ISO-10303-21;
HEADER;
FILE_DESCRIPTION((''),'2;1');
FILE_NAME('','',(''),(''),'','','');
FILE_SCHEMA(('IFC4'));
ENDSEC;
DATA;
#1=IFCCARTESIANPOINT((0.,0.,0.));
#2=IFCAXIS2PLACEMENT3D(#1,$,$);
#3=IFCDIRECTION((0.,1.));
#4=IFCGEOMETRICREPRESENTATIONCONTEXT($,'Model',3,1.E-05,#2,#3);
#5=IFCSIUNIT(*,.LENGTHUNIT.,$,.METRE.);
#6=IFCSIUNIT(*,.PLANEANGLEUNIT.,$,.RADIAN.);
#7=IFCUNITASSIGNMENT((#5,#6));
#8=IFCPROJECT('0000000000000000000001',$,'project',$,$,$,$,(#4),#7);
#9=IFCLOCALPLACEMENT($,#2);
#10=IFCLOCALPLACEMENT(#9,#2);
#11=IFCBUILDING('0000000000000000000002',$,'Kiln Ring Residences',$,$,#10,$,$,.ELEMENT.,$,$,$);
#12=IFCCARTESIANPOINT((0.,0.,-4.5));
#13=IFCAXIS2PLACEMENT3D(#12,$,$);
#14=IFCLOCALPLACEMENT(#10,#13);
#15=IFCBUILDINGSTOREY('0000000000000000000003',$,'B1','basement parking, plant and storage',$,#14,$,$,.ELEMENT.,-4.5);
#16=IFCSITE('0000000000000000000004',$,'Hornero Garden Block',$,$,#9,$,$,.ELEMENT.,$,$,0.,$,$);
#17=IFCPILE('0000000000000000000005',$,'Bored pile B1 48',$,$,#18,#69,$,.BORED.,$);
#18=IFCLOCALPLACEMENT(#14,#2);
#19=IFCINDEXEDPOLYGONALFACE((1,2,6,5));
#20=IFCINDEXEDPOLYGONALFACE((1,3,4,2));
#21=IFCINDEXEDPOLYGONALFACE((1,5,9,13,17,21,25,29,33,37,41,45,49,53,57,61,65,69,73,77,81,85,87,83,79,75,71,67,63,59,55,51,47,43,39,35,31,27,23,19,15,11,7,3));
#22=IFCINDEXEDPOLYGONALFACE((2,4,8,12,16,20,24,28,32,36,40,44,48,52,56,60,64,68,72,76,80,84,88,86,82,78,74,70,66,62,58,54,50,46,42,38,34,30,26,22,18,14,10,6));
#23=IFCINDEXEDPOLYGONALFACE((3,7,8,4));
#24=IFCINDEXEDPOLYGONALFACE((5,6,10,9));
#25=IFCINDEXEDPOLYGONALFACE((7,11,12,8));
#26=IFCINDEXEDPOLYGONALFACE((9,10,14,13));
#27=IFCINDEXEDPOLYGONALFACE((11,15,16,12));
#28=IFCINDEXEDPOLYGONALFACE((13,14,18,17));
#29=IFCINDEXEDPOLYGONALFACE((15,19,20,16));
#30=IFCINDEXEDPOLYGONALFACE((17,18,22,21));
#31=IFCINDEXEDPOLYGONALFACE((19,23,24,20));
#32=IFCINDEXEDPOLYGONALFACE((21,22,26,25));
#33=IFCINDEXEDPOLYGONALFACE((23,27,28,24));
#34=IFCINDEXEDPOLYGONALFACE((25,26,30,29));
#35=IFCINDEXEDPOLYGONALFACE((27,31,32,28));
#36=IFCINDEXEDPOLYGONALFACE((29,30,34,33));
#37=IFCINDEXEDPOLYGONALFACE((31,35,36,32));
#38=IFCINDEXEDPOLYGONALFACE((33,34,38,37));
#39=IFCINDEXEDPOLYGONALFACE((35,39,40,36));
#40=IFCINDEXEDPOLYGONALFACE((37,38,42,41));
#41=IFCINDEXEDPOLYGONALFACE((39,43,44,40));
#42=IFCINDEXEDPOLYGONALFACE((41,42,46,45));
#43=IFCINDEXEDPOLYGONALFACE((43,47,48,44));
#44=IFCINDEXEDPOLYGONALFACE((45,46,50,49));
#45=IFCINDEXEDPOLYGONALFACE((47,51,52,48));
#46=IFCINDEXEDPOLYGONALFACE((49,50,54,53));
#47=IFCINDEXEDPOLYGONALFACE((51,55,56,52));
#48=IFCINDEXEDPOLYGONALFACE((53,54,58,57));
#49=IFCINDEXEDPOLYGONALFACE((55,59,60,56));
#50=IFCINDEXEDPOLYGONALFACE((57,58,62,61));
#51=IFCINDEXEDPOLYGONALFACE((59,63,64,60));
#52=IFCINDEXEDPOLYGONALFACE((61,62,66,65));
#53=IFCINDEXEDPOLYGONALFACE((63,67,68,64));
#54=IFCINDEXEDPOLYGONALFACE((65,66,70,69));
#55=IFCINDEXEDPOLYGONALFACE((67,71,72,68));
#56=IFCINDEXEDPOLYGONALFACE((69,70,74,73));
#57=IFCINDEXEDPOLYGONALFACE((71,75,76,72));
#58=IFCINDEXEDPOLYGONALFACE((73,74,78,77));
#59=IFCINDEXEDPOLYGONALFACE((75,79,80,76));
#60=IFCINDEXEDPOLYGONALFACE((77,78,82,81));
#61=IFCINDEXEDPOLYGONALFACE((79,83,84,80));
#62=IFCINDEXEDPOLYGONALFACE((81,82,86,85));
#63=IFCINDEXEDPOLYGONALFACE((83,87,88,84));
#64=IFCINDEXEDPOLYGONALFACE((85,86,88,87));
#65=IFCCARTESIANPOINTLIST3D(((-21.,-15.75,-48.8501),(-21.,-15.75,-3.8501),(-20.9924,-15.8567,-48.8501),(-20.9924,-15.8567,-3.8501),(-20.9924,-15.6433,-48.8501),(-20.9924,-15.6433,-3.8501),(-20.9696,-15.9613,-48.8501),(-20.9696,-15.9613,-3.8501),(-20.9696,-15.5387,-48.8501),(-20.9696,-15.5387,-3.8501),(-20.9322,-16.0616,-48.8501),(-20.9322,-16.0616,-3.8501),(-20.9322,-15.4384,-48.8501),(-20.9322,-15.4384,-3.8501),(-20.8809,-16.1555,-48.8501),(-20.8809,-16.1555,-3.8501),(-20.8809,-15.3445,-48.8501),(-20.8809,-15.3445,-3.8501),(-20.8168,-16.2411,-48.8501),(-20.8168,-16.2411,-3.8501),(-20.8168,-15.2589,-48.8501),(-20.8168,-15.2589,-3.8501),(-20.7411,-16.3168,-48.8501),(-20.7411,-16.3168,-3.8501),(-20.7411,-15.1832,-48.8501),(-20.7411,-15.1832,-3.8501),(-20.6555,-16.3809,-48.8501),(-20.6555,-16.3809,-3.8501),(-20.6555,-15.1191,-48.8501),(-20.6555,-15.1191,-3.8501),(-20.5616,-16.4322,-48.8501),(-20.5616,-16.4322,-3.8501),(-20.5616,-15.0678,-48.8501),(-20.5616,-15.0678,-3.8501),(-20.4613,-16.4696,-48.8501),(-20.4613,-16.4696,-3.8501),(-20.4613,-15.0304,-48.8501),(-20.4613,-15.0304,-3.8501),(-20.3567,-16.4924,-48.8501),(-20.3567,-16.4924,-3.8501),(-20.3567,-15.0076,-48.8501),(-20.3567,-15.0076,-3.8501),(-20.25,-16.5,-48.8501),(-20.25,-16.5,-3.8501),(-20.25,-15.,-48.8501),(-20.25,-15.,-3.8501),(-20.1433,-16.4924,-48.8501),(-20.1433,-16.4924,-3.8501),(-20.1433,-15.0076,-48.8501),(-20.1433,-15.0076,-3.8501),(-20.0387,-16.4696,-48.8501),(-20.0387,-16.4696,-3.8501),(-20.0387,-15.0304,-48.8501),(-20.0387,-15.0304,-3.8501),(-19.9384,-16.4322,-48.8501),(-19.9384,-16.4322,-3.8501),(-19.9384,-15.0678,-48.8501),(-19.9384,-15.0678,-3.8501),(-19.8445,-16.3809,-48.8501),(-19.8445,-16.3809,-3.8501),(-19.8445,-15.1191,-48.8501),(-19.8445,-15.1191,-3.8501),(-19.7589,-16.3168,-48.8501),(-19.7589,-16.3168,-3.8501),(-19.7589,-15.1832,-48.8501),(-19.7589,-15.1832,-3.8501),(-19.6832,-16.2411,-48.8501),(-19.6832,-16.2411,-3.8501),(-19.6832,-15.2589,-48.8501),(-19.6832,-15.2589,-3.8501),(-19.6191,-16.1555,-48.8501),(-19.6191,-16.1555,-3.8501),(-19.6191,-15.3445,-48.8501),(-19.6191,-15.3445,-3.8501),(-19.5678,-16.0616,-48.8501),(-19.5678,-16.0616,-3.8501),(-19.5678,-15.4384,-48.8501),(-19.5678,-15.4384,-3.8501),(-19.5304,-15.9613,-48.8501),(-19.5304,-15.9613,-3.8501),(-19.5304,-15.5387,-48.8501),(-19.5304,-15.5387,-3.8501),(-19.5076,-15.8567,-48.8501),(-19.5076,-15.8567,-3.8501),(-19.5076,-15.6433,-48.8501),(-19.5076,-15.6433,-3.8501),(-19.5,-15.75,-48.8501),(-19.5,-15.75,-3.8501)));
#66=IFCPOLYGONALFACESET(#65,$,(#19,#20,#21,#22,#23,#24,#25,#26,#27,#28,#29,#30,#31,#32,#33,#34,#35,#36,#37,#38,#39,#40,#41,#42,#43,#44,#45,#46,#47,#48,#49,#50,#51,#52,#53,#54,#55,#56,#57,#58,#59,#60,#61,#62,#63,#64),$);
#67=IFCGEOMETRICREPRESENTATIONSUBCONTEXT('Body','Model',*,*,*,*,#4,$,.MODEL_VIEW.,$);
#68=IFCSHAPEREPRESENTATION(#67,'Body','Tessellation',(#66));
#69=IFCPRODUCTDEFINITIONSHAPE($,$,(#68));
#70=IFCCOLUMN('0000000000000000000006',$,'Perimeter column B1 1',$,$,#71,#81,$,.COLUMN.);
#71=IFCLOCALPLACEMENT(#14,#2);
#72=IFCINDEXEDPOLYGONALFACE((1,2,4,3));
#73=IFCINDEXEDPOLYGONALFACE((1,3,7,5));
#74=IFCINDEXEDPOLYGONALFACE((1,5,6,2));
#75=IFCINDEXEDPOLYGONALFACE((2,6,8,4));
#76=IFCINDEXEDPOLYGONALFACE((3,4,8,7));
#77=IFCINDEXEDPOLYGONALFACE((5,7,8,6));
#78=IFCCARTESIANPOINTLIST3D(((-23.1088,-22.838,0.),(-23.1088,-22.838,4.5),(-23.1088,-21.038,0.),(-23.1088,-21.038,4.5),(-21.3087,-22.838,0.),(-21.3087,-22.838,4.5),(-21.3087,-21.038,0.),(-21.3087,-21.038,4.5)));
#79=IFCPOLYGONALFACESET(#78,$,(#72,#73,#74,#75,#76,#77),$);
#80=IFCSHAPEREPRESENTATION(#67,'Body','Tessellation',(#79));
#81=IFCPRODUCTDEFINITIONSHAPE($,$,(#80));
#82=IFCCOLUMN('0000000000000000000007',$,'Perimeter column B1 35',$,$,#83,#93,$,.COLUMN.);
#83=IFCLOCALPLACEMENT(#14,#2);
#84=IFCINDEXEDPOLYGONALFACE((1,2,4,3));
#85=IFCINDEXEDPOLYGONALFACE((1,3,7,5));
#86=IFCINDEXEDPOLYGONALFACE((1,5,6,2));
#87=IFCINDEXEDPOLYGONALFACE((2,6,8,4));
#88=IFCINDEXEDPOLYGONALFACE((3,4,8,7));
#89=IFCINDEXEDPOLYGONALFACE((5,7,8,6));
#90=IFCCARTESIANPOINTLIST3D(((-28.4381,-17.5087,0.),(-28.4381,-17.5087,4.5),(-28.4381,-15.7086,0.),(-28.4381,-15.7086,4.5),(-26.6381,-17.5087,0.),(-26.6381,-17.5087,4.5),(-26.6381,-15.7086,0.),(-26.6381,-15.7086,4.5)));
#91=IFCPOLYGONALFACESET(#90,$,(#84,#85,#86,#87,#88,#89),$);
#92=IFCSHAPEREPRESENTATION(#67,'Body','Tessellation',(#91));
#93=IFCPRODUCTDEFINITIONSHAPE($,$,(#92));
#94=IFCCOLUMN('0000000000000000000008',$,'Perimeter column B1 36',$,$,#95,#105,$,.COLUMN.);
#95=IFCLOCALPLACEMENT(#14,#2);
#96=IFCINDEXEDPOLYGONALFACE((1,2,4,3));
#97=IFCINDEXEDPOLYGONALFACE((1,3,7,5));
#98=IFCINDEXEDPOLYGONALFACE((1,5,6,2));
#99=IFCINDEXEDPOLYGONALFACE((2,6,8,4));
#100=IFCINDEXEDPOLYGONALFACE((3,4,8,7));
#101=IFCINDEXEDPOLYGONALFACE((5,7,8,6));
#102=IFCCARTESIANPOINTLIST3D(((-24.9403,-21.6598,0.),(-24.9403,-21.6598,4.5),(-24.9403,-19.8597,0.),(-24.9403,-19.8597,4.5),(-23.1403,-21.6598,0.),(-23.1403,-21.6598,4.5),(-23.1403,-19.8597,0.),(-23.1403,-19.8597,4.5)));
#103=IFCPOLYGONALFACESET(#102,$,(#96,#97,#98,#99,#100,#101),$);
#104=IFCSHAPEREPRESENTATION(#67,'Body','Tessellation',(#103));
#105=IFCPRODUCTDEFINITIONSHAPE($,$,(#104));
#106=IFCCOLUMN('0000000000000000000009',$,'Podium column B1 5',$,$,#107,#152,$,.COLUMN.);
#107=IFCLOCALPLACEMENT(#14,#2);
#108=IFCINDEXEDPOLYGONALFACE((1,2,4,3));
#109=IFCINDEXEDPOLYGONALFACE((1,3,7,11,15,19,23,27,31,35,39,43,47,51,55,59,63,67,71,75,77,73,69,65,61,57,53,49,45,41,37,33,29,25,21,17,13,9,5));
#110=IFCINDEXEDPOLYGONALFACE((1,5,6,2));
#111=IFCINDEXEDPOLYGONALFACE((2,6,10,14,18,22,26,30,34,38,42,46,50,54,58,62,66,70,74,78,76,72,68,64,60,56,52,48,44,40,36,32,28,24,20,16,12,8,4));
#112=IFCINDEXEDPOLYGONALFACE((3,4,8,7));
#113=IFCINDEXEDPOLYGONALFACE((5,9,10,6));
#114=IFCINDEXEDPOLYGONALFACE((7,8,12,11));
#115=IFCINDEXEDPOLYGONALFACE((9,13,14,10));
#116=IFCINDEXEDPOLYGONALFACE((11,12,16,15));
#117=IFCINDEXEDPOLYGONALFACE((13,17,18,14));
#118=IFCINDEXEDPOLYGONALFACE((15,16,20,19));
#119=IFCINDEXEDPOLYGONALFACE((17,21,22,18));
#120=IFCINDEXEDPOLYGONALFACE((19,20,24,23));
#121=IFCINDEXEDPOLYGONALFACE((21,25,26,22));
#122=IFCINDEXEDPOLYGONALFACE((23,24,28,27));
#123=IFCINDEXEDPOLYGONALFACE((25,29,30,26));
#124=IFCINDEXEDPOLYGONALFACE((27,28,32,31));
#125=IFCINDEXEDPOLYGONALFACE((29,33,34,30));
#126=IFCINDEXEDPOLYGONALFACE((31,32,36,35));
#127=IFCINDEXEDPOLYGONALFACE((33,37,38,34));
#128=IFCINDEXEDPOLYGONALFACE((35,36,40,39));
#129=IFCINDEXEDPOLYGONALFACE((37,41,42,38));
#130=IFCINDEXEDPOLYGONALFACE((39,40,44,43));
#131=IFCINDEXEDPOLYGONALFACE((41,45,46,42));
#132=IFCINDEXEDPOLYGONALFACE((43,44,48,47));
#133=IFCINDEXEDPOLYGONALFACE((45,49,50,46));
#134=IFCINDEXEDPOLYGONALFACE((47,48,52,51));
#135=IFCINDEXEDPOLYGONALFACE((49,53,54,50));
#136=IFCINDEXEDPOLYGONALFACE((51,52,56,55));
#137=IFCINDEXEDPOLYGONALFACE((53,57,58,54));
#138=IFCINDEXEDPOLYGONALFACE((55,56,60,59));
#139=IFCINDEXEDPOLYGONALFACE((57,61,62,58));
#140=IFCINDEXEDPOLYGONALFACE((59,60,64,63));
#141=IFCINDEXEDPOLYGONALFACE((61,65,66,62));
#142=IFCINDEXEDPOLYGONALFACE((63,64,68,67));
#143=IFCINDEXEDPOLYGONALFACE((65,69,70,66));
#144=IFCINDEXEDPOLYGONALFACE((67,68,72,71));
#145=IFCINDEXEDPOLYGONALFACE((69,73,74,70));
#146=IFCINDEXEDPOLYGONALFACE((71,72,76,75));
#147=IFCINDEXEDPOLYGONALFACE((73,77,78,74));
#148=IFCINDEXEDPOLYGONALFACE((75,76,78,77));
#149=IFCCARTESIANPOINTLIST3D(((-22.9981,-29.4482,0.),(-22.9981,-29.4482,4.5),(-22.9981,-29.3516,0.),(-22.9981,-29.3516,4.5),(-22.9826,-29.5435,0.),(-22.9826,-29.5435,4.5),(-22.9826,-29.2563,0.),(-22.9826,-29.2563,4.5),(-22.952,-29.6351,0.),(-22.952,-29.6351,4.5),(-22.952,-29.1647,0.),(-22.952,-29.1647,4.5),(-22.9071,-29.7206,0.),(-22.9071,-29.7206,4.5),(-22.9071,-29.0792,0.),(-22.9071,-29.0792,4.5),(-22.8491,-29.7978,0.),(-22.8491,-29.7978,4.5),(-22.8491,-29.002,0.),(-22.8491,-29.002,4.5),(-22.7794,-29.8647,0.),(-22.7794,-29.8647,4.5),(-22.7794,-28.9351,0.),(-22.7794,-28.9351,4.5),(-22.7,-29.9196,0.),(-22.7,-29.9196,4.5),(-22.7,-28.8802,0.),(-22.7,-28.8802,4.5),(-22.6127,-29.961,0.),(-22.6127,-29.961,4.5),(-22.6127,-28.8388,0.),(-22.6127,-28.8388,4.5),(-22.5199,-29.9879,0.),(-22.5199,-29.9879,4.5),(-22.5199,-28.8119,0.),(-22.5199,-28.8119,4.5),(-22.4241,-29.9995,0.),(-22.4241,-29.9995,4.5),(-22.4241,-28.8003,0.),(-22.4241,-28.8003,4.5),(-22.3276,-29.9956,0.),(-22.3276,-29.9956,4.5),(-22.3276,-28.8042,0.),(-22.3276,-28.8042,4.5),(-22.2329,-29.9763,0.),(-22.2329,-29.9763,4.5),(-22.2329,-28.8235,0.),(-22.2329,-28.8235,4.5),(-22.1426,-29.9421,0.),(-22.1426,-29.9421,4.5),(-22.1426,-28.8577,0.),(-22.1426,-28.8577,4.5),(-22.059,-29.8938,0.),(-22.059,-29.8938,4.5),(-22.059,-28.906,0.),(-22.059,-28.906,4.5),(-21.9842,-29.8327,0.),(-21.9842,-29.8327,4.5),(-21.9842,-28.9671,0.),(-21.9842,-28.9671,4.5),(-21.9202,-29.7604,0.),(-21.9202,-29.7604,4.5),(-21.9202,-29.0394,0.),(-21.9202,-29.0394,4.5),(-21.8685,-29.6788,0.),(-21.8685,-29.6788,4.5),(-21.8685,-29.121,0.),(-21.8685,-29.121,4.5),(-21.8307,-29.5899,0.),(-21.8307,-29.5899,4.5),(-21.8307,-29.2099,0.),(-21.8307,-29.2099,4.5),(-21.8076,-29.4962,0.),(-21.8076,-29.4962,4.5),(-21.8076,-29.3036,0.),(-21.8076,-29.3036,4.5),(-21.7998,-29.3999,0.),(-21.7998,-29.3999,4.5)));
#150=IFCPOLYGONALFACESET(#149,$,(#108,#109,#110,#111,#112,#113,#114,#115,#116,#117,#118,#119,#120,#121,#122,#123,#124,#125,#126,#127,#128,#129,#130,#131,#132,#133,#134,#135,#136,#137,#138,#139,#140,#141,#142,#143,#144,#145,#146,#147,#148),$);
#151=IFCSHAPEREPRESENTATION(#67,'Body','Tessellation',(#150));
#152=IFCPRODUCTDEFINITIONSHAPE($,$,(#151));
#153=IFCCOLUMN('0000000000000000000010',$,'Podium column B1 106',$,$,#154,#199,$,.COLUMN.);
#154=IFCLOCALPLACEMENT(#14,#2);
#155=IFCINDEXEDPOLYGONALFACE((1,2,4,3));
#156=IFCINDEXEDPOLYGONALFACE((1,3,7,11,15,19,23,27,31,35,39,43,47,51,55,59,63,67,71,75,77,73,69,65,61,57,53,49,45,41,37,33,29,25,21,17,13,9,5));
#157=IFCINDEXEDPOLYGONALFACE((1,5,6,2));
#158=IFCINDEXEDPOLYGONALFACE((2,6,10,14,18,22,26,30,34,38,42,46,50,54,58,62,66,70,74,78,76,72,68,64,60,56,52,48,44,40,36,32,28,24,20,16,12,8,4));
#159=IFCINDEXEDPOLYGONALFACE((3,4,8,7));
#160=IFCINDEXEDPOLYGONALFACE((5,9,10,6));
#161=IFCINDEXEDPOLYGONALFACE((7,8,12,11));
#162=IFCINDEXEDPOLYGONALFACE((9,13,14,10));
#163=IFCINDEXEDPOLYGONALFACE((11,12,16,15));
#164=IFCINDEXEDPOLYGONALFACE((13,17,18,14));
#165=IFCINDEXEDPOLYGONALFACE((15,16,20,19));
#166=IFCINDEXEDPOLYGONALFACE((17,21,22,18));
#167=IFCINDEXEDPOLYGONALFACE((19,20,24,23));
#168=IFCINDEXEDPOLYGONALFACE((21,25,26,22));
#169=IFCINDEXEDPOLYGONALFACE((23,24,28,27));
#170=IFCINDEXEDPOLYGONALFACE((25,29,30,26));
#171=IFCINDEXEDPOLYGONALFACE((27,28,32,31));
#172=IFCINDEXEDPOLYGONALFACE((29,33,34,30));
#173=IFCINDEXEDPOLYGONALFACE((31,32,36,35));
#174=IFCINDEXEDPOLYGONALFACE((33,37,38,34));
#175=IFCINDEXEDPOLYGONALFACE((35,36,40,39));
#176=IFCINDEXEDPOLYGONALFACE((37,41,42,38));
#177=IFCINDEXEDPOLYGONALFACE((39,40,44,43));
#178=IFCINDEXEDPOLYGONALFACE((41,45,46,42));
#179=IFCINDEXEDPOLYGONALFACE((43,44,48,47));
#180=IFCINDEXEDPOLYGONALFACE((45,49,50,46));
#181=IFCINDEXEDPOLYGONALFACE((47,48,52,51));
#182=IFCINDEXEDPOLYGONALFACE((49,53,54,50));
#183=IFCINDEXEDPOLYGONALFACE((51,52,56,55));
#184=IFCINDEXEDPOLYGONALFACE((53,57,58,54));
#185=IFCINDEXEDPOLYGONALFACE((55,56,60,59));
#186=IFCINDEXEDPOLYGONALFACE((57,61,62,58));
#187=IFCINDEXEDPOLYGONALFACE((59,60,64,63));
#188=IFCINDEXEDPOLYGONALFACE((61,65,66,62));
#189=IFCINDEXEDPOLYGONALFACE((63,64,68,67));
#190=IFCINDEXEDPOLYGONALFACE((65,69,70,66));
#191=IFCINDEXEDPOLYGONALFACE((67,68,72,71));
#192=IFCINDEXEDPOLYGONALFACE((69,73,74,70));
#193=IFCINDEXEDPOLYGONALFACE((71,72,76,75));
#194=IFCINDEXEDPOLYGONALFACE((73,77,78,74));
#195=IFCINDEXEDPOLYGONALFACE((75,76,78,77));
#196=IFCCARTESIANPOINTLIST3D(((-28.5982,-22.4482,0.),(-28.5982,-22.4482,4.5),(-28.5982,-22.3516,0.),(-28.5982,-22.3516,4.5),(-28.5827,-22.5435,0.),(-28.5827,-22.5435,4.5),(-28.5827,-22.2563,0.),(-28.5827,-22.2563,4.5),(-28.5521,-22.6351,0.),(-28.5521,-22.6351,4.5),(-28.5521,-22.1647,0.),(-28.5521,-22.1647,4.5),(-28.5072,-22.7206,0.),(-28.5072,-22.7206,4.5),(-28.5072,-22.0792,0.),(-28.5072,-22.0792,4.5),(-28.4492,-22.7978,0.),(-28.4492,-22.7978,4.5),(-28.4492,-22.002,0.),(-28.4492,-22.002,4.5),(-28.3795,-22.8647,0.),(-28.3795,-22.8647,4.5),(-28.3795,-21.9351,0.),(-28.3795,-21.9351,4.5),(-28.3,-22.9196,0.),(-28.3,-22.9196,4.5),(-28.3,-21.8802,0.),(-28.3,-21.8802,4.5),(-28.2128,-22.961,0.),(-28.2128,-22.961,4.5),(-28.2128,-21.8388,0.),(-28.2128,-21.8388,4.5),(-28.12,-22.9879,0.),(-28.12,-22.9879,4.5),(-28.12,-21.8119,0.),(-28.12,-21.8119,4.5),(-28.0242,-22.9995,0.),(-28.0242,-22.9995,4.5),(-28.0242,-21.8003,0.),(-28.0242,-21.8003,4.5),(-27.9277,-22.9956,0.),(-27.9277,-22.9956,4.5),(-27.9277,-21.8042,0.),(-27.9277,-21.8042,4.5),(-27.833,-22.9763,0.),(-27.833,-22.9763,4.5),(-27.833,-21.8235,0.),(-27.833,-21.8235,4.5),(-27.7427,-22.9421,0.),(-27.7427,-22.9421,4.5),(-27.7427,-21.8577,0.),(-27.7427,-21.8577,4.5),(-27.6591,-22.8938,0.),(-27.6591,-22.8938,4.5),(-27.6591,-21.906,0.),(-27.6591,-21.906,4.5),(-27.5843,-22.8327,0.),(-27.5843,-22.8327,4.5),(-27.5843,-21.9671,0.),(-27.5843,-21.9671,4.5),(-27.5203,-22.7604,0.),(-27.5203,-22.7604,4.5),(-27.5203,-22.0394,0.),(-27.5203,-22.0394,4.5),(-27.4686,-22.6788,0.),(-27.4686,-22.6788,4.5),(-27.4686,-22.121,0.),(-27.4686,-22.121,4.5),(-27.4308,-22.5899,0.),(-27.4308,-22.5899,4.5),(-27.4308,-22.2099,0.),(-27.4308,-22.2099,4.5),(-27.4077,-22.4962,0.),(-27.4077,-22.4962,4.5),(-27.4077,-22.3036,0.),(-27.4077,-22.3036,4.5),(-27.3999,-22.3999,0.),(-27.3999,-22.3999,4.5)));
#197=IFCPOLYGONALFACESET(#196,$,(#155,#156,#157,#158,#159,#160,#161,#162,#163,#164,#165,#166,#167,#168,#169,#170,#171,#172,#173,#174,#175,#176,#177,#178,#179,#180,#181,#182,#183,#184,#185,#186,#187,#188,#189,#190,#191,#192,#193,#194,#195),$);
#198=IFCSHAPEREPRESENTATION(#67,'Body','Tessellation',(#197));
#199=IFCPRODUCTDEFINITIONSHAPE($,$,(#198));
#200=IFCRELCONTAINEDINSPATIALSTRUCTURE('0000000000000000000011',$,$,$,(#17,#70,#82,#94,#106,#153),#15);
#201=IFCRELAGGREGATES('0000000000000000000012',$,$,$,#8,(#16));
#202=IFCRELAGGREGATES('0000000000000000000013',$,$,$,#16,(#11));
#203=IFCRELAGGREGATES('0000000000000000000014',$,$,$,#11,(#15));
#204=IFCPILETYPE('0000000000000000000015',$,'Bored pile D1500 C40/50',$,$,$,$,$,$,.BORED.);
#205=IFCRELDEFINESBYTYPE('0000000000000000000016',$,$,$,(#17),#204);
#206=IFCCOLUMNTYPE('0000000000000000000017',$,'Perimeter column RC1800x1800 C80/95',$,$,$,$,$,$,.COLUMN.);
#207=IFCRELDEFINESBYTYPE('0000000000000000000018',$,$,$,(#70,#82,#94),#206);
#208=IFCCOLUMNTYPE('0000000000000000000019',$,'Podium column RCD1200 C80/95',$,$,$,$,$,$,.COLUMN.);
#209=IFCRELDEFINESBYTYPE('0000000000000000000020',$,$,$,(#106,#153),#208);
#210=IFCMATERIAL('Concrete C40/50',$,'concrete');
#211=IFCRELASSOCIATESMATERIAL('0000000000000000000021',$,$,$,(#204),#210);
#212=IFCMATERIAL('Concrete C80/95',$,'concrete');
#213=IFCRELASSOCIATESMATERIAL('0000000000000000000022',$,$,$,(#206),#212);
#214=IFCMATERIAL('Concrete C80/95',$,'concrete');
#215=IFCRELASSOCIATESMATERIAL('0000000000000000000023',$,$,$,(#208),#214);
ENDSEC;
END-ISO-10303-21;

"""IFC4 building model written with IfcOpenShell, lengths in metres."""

from ifc_helpers import new_model, si_unit, direction, frame, origin, origin_2d, place, context, subcontext, project, spatial, rectangle, circle, extrude, material, material_profile, profile_set, type_object, element, save


model = new_model("IFC4")

# Units and contexts
model_context = context("Model", 3, precision=1e-05, world=origin(), true_north=direction((0.0, 1.0)))
body_context = subcontext(model_context, "Body", "Model", "MODEL_VIEW")
ifc_project = project(units=[si_unit("LENGTHUNIT", "METRE"), si_unit("PLANEANGLEUNIT", "RADIAN")], contexts=[model_context])

# Site, building, storey
site_placement = place(None, origin())
site = spatial("IfcSite", under=ifc_project, at=site_placement, Name="Hornero Garden Block", CompositionType="ELEMENT", RefElevation=0.0)
building_placement = place(site_placement, origin())
building = spatial("IfcBuilding", under=site, at=building_placement, Name="Kiln Ring Residences", CompositionType="ELEMENT")
storey_placement = place(building_placement, frame((0.0, 0.0, -4.5)))
storey = spatial("IfcBuildingStorey", under=building, at=storey_placement, Name="B1", Description="basement parking, plant and storage", CompositionType="ELEMENT", Elevation=-4.5)

# Pile
ifc_material_1 = material(Name="Concrete C40/50", Category="concrete")
ifc_material_profile_1 = material_profile(ifc_material_1, circle(Radius=0.75, at=origin_2d()), Name="BORED1500")
ifc_profile_set_1 = profile_set([ifc_material_profile_1], Name="Concrete C40/50")
pile_type = type_object("IfcPileType", Name="Bored pile D1500 C40/50", PredefinedType="BORED", material=ifc_profile_set_1)
for number, where, z_axis, x_axis, name in (
    (1, (-20.25, -15.75, -3.8501), (0.0, 0.0, -1.0), (1.0, 0.0, 0.0), "Bored pile B1 48"),
):
    element("IfcPile", number, at=place(storey_placement, frame(where, z_axis=z_axis, x_axis=x_axis)), inside=storey, type_object=pile_type, Name=name, PredefinedType="BORED", context=body_context, shape_type="SweptSolid", body=[
        extrude(circle(Radius=0.75, at=origin_2d()), origin(), (0.0, 0.0, 1.0), 45.0),
    ])

# Columns
ifc_material_2 = material(Name="Concrete C80/95", Category="concrete")
ifc_material_profile_2 = material_profile(ifc_material_2, rectangle(XDim=1.8, YDim=1.8, at=origin_2d()), Name="RC1800x1800")
ifc_profile_set_2 = profile_set([ifc_material_profile_2], Name="Concrete C80/95")
column_type_1 = type_object("IfcColumnType", Name="Perimeter column RC1800x1800 C80/95", PredefinedType="COLUMN", material=ifc_profile_set_2)
for number, where, z_axis, x_axis, name in (
    (2, (-22.2087, -21.938, 0.0), (0.0, 0.0, 1.0), (1.0, 0.0, 0.0), "Perimeter column B1 1"),
    (3, (-27.5381, -16.6086, 0.0), (0.0, 0.0, 1.0), (1.0, 0.0, 0.0), "Perimeter column B1 35"),
    (4, (-24.0403, -20.7598, 0.0), (0.0, 0.0, 1.0), (1.0, 0.0, 0.0), "Perimeter column B1 36"),
):
    element("IfcColumn", number, at=place(storey_placement, frame(where, z_axis=z_axis, x_axis=x_axis)), inside=storey, type_object=column_type_1, Name=name, PredefinedType="COLUMN", context=body_context, shape_type="SweptSolid", body=[
        extrude(rectangle(XDim=1.8, YDim=1.8, at=origin_2d()), origin(), (0.0, 0.0, 1.0), 4.5),
    ])
ifc_material_3 = material(Name="Concrete C80/95", Category="concrete")
ifc_material_profile_3 = material_profile(ifc_material_3, circle(Radius=0.6001, at=origin_2d()), Name="RCD1200")
ifc_profile_set_3 = profile_set([ifc_material_profile_3], Name="Concrete C80/95")
column_type_2 = type_object("IfcColumnType", Name="Podium column RCD1200 C80/95", PredefinedType="COLUMN", material=ifc_profile_set_3)
for number, where, z_axis, x_axis, name in (
    (5, (-22.3999, -29.3999, 0.0), (0.0, 0.0, 1.0), (1.0, 0.0, 0.0), "Podium column B1 5"),
    (6, (-28.0, -22.3999, 0.0), (0.0, 0.0, 1.0), (1.0, 0.0, 0.0), "Podium column B1 106"),
):
    element("IfcColumn", number, at=place(storey_placement, frame(where, z_axis=z_axis, x_axis=x_axis)), inside=storey, type_object=column_type_2, Name=name, PredefinedType="COLUMN", context=body_context, shape_type="SweptSolid", body=[
        extrude(circle(Radius=0.6001, at=origin_2d()), origin(), (0.0, 0.0, 1.0), 4.5),
    ])

save(model, "model.ifc")
